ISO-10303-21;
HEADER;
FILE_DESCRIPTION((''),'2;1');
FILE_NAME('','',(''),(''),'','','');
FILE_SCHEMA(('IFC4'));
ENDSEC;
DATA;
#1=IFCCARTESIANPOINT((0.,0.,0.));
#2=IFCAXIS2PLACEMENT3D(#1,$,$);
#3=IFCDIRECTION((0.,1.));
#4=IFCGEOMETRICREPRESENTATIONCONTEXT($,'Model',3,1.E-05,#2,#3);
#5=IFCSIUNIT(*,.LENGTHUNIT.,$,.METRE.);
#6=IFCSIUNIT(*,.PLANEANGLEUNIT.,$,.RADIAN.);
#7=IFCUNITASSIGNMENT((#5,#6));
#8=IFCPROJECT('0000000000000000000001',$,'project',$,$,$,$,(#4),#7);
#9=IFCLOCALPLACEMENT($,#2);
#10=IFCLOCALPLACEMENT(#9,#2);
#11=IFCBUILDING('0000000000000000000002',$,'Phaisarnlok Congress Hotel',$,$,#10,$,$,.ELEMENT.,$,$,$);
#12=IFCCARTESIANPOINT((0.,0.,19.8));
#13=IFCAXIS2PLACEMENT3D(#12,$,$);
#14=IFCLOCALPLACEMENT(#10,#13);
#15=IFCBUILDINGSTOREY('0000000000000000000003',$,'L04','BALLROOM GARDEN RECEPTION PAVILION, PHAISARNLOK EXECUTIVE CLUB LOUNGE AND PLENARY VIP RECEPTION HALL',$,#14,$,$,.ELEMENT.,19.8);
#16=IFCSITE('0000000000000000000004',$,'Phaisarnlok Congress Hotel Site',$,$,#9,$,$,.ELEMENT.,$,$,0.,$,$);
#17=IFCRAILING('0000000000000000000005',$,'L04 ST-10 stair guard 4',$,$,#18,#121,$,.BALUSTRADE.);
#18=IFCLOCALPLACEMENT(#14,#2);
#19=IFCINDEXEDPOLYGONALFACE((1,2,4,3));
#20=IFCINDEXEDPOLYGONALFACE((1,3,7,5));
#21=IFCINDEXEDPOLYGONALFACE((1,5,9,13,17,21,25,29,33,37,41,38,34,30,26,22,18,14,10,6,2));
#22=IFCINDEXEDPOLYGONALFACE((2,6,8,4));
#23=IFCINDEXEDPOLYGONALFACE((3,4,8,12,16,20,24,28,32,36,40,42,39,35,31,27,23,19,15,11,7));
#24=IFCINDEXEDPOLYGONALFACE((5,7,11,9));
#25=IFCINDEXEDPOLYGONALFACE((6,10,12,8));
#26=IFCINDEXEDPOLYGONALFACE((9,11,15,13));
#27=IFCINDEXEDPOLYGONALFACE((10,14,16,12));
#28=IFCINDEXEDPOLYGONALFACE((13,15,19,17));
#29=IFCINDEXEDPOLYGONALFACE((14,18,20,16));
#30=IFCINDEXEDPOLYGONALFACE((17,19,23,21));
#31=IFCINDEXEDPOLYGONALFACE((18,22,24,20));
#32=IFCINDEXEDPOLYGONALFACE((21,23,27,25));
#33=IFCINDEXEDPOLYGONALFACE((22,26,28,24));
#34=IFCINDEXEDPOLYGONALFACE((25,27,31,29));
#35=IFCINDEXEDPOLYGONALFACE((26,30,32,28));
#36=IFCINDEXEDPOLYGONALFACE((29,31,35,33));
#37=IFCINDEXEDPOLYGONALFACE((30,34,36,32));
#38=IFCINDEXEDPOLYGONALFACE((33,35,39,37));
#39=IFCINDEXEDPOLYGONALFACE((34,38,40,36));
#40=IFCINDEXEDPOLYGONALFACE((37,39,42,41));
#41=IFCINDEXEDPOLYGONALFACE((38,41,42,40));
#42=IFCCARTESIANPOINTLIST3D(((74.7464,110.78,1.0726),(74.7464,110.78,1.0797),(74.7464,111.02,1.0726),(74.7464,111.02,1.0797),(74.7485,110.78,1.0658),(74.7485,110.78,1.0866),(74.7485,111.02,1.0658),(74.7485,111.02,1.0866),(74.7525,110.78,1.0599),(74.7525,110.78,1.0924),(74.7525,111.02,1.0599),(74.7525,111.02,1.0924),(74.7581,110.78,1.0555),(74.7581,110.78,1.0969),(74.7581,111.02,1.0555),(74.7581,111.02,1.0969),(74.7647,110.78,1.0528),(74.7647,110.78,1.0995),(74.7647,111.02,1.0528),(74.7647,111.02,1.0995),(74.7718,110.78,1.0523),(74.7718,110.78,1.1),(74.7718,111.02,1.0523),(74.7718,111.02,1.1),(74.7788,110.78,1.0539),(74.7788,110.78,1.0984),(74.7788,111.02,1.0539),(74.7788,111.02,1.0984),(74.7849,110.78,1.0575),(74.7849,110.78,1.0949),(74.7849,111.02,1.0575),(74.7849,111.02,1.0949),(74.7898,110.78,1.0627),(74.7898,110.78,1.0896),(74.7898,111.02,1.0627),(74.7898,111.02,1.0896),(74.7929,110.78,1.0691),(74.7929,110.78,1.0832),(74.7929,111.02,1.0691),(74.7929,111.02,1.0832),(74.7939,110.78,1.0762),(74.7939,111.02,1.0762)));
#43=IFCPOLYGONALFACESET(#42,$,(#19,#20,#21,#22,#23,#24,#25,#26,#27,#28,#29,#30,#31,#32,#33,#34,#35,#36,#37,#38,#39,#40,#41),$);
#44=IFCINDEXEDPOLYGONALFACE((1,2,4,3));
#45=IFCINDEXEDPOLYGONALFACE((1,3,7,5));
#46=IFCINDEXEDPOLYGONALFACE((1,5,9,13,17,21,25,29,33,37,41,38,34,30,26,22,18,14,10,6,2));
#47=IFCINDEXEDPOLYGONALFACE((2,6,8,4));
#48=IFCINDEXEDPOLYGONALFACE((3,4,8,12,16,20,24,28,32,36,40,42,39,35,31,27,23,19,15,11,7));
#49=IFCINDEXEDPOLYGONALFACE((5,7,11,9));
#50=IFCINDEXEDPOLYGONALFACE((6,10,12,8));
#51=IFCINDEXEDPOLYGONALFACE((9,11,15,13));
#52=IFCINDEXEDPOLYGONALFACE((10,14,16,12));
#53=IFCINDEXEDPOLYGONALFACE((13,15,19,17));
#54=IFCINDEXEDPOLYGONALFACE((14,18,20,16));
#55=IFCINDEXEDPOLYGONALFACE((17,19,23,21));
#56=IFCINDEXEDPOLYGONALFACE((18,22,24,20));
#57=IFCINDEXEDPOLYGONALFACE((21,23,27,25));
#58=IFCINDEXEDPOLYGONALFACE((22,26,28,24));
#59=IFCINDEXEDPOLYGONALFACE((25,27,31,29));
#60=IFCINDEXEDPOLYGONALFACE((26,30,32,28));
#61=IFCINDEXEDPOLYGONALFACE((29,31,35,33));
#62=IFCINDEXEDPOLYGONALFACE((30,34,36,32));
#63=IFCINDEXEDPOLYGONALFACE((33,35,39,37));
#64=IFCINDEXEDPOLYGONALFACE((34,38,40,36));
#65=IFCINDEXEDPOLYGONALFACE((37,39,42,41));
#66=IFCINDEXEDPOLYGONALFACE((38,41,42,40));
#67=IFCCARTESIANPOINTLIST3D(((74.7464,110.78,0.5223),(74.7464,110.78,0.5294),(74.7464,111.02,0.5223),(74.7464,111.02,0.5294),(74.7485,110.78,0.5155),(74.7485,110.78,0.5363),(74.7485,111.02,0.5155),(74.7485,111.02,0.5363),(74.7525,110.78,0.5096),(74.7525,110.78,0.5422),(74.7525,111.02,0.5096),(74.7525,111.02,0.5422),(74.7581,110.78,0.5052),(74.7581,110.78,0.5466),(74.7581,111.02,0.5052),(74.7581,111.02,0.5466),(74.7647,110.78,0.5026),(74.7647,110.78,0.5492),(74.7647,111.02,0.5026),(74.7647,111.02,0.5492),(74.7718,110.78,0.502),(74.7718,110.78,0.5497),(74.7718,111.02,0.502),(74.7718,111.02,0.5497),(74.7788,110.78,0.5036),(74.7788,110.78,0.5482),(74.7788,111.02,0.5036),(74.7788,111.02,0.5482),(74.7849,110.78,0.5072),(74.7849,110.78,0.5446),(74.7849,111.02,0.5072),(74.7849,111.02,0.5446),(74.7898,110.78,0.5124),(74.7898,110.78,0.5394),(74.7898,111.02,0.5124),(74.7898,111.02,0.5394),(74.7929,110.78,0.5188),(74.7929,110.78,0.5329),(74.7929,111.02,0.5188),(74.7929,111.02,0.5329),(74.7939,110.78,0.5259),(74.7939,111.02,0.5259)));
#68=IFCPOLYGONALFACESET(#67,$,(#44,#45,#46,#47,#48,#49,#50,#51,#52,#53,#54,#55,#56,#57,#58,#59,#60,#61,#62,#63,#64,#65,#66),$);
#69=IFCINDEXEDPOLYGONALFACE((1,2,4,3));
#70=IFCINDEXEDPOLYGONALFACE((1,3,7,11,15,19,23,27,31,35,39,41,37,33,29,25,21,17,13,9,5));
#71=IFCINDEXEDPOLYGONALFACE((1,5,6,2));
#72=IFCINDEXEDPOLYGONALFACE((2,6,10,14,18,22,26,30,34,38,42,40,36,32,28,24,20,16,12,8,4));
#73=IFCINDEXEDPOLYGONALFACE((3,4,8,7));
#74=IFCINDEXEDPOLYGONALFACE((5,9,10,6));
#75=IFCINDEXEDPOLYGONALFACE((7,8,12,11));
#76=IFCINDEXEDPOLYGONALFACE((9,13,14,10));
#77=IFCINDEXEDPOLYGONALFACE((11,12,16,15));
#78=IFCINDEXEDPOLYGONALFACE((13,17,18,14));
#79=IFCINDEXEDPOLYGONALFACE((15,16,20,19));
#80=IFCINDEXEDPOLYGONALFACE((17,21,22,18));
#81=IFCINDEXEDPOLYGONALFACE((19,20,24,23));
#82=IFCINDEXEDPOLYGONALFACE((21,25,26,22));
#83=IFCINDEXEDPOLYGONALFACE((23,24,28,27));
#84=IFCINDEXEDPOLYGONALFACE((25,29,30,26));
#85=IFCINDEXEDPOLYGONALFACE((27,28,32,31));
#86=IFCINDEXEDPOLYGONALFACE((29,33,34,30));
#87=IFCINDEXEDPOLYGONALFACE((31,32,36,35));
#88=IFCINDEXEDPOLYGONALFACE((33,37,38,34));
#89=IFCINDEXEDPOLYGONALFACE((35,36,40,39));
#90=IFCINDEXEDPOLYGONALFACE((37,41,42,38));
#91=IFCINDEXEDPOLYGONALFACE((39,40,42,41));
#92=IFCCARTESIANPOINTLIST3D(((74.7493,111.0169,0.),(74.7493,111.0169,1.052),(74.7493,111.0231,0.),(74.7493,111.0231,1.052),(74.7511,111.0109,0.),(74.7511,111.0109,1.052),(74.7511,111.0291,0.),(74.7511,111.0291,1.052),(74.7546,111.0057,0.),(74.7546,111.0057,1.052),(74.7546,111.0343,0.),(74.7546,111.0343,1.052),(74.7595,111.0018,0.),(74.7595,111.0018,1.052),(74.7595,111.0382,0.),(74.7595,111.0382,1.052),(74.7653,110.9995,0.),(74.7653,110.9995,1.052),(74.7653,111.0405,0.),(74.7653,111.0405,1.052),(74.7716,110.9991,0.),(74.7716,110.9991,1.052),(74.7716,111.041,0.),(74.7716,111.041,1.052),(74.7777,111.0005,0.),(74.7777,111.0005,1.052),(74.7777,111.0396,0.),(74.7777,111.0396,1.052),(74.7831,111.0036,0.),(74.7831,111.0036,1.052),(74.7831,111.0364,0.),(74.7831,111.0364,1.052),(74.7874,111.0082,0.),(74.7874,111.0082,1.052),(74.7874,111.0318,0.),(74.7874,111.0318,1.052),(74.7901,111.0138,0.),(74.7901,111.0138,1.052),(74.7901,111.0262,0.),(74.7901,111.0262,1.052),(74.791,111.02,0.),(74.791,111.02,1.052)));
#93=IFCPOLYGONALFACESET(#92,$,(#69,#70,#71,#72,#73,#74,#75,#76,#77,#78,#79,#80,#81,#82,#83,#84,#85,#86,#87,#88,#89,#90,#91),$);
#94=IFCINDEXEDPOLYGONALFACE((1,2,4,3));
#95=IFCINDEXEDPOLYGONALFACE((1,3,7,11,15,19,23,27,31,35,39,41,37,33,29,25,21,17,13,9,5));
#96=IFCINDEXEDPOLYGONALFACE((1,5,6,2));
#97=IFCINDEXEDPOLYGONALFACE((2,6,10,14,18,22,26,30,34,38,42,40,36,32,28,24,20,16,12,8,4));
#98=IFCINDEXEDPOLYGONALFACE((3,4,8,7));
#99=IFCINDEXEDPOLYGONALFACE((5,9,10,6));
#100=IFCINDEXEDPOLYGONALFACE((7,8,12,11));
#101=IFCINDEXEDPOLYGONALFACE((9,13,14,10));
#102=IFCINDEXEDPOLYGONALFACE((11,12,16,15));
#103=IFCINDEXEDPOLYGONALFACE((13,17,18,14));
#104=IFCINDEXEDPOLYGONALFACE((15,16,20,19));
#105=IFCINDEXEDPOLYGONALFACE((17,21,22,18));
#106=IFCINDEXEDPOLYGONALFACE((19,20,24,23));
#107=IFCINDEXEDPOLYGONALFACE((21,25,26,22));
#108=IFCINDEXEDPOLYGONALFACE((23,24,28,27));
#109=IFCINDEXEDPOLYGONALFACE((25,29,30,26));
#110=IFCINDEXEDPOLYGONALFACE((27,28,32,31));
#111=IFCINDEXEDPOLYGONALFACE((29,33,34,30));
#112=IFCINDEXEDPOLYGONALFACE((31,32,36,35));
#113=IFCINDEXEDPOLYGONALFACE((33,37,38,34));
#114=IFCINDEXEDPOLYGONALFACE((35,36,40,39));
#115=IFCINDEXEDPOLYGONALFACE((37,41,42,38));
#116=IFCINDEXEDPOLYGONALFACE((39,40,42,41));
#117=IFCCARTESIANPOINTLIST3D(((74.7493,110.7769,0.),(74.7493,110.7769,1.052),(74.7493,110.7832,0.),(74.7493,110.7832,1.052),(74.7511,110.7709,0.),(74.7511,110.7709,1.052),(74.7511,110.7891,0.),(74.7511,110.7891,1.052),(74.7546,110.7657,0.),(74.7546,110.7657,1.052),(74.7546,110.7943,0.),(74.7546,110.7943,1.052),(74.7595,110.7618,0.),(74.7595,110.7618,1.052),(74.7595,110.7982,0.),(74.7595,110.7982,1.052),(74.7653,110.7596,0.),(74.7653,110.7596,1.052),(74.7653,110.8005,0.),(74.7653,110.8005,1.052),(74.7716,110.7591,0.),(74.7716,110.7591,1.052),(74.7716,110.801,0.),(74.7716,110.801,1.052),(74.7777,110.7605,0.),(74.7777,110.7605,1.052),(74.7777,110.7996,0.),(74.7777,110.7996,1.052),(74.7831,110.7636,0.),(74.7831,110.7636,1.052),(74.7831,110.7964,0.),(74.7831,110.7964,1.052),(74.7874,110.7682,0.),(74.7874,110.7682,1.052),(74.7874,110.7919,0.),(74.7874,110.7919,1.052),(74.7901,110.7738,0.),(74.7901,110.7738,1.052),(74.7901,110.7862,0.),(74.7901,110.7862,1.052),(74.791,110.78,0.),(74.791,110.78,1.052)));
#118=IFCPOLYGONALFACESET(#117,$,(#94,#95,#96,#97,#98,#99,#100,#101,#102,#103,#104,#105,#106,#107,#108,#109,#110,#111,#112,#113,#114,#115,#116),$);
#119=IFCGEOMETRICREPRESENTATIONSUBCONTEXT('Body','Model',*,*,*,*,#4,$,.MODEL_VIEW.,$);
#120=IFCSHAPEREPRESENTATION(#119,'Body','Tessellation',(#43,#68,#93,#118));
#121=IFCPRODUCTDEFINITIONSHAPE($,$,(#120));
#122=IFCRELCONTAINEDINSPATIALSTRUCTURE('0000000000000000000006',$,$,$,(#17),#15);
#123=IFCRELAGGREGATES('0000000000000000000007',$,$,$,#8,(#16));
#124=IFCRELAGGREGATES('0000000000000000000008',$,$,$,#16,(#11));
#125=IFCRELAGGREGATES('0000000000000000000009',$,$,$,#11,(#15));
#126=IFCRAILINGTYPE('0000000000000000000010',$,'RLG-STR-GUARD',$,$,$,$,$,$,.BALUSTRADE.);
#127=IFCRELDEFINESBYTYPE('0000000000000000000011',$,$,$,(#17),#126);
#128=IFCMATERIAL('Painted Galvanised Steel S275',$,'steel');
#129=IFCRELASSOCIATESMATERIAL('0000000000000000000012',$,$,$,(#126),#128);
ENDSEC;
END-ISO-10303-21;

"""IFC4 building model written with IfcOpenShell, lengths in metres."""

from ifc_helpers import new_model, si_unit, direction, frame, origin, origin_2d, place, context, subcontext, project, spatial, circle, extrude, material, type_object, element, save


model = new_model("IFC4")

# Units and contexts
model_context = context("Model", 3, precision=1e-05, world=origin(), true_north=direction((0.0, 1.0)))
body_context = subcontext(model_context, "Body", "Model", "MODEL_VIEW")
ifc_project = project(units=[si_unit("LENGTHUNIT", "METRE"), si_unit("PLANEANGLEUNIT", "RADIAN")], contexts=[model_context])

# Site, building, storey
site_placement = place(None, origin())
site = spatial("IfcSite", under=ifc_project, at=site_placement, Name="Phaisarnlok Congress Hotel Site", CompositionType="ELEMENT", RefElevation=0.0)
building_placement = place(site_placement, origin())
building = spatial("IfcBuilding", under=site, at=building_placement, Name="Phaisarnlok Congress Hotel", CompositionType="ELEMENT")
storey_placement = place(building_placement, frame((0.0, 0.0, 19.8)))
storey = spatial("IfcBuildingStorey", under=building, at=storey_placement, Name="L04", Description="BALLROOM GARDEN RECEPTION PAVILION, PHAISARNLOK EXECUTIVE CLUB LOUNGE AND PLENARY VIP RECEPTION HALL", CompositionType="ELEMENT", Elevation=19.8)

# Railing
ifc_material_1 = material(Name="Painted Galvanised Steel S275", Category="steel")
railing_type_1 = type_object("IfcRailingType", Name="RLG-STR-GUARD", PredefinedType="BALUSTRADE", material=ifc_material_1)
railing_1_placement = place(storey_placement, frame((74.77, 111.02, 0.0)))
element("IfcRailing", 1, at=railing_1_placement, inside=storey, type_object=railing_type_1, Name="L04 ST-10 stair guard 4", PredefinedType="BALUSTRADE", context=body_context, shape_type="SweptSolid", body=[
    extrude(circle(Radius=0.0239, at=origin_2d()), frame((0.0, 0.0, 1.0762), z_axis=(0.0, -1.0, 0.0), x_axis=(1.0, 0.0, 0.0)), (0.0, 0.0, 1.0), 0.24),
    extrude(circle(Radius=0.0239, at=origin_2d()), frame((0.0, 0.0, 0.5259), z_axis=(0.0, -1.0, 0.0), x_axis=(1.0, 0.0, 0.0)), (0.0, 0.0, 1.0), 0.24),
    extrude(circle(Radius=0.021, at=origin_2d()), origin(), (0.0, 0.0, 1.0), 1.052),
    extrude(circle(Radius=0.021, at=origin_2d()), frame((0.0, -0.24, 0.0)), (0.0, 0.0, 1.0), 1.052),
])

save(model, "model.ifc")
